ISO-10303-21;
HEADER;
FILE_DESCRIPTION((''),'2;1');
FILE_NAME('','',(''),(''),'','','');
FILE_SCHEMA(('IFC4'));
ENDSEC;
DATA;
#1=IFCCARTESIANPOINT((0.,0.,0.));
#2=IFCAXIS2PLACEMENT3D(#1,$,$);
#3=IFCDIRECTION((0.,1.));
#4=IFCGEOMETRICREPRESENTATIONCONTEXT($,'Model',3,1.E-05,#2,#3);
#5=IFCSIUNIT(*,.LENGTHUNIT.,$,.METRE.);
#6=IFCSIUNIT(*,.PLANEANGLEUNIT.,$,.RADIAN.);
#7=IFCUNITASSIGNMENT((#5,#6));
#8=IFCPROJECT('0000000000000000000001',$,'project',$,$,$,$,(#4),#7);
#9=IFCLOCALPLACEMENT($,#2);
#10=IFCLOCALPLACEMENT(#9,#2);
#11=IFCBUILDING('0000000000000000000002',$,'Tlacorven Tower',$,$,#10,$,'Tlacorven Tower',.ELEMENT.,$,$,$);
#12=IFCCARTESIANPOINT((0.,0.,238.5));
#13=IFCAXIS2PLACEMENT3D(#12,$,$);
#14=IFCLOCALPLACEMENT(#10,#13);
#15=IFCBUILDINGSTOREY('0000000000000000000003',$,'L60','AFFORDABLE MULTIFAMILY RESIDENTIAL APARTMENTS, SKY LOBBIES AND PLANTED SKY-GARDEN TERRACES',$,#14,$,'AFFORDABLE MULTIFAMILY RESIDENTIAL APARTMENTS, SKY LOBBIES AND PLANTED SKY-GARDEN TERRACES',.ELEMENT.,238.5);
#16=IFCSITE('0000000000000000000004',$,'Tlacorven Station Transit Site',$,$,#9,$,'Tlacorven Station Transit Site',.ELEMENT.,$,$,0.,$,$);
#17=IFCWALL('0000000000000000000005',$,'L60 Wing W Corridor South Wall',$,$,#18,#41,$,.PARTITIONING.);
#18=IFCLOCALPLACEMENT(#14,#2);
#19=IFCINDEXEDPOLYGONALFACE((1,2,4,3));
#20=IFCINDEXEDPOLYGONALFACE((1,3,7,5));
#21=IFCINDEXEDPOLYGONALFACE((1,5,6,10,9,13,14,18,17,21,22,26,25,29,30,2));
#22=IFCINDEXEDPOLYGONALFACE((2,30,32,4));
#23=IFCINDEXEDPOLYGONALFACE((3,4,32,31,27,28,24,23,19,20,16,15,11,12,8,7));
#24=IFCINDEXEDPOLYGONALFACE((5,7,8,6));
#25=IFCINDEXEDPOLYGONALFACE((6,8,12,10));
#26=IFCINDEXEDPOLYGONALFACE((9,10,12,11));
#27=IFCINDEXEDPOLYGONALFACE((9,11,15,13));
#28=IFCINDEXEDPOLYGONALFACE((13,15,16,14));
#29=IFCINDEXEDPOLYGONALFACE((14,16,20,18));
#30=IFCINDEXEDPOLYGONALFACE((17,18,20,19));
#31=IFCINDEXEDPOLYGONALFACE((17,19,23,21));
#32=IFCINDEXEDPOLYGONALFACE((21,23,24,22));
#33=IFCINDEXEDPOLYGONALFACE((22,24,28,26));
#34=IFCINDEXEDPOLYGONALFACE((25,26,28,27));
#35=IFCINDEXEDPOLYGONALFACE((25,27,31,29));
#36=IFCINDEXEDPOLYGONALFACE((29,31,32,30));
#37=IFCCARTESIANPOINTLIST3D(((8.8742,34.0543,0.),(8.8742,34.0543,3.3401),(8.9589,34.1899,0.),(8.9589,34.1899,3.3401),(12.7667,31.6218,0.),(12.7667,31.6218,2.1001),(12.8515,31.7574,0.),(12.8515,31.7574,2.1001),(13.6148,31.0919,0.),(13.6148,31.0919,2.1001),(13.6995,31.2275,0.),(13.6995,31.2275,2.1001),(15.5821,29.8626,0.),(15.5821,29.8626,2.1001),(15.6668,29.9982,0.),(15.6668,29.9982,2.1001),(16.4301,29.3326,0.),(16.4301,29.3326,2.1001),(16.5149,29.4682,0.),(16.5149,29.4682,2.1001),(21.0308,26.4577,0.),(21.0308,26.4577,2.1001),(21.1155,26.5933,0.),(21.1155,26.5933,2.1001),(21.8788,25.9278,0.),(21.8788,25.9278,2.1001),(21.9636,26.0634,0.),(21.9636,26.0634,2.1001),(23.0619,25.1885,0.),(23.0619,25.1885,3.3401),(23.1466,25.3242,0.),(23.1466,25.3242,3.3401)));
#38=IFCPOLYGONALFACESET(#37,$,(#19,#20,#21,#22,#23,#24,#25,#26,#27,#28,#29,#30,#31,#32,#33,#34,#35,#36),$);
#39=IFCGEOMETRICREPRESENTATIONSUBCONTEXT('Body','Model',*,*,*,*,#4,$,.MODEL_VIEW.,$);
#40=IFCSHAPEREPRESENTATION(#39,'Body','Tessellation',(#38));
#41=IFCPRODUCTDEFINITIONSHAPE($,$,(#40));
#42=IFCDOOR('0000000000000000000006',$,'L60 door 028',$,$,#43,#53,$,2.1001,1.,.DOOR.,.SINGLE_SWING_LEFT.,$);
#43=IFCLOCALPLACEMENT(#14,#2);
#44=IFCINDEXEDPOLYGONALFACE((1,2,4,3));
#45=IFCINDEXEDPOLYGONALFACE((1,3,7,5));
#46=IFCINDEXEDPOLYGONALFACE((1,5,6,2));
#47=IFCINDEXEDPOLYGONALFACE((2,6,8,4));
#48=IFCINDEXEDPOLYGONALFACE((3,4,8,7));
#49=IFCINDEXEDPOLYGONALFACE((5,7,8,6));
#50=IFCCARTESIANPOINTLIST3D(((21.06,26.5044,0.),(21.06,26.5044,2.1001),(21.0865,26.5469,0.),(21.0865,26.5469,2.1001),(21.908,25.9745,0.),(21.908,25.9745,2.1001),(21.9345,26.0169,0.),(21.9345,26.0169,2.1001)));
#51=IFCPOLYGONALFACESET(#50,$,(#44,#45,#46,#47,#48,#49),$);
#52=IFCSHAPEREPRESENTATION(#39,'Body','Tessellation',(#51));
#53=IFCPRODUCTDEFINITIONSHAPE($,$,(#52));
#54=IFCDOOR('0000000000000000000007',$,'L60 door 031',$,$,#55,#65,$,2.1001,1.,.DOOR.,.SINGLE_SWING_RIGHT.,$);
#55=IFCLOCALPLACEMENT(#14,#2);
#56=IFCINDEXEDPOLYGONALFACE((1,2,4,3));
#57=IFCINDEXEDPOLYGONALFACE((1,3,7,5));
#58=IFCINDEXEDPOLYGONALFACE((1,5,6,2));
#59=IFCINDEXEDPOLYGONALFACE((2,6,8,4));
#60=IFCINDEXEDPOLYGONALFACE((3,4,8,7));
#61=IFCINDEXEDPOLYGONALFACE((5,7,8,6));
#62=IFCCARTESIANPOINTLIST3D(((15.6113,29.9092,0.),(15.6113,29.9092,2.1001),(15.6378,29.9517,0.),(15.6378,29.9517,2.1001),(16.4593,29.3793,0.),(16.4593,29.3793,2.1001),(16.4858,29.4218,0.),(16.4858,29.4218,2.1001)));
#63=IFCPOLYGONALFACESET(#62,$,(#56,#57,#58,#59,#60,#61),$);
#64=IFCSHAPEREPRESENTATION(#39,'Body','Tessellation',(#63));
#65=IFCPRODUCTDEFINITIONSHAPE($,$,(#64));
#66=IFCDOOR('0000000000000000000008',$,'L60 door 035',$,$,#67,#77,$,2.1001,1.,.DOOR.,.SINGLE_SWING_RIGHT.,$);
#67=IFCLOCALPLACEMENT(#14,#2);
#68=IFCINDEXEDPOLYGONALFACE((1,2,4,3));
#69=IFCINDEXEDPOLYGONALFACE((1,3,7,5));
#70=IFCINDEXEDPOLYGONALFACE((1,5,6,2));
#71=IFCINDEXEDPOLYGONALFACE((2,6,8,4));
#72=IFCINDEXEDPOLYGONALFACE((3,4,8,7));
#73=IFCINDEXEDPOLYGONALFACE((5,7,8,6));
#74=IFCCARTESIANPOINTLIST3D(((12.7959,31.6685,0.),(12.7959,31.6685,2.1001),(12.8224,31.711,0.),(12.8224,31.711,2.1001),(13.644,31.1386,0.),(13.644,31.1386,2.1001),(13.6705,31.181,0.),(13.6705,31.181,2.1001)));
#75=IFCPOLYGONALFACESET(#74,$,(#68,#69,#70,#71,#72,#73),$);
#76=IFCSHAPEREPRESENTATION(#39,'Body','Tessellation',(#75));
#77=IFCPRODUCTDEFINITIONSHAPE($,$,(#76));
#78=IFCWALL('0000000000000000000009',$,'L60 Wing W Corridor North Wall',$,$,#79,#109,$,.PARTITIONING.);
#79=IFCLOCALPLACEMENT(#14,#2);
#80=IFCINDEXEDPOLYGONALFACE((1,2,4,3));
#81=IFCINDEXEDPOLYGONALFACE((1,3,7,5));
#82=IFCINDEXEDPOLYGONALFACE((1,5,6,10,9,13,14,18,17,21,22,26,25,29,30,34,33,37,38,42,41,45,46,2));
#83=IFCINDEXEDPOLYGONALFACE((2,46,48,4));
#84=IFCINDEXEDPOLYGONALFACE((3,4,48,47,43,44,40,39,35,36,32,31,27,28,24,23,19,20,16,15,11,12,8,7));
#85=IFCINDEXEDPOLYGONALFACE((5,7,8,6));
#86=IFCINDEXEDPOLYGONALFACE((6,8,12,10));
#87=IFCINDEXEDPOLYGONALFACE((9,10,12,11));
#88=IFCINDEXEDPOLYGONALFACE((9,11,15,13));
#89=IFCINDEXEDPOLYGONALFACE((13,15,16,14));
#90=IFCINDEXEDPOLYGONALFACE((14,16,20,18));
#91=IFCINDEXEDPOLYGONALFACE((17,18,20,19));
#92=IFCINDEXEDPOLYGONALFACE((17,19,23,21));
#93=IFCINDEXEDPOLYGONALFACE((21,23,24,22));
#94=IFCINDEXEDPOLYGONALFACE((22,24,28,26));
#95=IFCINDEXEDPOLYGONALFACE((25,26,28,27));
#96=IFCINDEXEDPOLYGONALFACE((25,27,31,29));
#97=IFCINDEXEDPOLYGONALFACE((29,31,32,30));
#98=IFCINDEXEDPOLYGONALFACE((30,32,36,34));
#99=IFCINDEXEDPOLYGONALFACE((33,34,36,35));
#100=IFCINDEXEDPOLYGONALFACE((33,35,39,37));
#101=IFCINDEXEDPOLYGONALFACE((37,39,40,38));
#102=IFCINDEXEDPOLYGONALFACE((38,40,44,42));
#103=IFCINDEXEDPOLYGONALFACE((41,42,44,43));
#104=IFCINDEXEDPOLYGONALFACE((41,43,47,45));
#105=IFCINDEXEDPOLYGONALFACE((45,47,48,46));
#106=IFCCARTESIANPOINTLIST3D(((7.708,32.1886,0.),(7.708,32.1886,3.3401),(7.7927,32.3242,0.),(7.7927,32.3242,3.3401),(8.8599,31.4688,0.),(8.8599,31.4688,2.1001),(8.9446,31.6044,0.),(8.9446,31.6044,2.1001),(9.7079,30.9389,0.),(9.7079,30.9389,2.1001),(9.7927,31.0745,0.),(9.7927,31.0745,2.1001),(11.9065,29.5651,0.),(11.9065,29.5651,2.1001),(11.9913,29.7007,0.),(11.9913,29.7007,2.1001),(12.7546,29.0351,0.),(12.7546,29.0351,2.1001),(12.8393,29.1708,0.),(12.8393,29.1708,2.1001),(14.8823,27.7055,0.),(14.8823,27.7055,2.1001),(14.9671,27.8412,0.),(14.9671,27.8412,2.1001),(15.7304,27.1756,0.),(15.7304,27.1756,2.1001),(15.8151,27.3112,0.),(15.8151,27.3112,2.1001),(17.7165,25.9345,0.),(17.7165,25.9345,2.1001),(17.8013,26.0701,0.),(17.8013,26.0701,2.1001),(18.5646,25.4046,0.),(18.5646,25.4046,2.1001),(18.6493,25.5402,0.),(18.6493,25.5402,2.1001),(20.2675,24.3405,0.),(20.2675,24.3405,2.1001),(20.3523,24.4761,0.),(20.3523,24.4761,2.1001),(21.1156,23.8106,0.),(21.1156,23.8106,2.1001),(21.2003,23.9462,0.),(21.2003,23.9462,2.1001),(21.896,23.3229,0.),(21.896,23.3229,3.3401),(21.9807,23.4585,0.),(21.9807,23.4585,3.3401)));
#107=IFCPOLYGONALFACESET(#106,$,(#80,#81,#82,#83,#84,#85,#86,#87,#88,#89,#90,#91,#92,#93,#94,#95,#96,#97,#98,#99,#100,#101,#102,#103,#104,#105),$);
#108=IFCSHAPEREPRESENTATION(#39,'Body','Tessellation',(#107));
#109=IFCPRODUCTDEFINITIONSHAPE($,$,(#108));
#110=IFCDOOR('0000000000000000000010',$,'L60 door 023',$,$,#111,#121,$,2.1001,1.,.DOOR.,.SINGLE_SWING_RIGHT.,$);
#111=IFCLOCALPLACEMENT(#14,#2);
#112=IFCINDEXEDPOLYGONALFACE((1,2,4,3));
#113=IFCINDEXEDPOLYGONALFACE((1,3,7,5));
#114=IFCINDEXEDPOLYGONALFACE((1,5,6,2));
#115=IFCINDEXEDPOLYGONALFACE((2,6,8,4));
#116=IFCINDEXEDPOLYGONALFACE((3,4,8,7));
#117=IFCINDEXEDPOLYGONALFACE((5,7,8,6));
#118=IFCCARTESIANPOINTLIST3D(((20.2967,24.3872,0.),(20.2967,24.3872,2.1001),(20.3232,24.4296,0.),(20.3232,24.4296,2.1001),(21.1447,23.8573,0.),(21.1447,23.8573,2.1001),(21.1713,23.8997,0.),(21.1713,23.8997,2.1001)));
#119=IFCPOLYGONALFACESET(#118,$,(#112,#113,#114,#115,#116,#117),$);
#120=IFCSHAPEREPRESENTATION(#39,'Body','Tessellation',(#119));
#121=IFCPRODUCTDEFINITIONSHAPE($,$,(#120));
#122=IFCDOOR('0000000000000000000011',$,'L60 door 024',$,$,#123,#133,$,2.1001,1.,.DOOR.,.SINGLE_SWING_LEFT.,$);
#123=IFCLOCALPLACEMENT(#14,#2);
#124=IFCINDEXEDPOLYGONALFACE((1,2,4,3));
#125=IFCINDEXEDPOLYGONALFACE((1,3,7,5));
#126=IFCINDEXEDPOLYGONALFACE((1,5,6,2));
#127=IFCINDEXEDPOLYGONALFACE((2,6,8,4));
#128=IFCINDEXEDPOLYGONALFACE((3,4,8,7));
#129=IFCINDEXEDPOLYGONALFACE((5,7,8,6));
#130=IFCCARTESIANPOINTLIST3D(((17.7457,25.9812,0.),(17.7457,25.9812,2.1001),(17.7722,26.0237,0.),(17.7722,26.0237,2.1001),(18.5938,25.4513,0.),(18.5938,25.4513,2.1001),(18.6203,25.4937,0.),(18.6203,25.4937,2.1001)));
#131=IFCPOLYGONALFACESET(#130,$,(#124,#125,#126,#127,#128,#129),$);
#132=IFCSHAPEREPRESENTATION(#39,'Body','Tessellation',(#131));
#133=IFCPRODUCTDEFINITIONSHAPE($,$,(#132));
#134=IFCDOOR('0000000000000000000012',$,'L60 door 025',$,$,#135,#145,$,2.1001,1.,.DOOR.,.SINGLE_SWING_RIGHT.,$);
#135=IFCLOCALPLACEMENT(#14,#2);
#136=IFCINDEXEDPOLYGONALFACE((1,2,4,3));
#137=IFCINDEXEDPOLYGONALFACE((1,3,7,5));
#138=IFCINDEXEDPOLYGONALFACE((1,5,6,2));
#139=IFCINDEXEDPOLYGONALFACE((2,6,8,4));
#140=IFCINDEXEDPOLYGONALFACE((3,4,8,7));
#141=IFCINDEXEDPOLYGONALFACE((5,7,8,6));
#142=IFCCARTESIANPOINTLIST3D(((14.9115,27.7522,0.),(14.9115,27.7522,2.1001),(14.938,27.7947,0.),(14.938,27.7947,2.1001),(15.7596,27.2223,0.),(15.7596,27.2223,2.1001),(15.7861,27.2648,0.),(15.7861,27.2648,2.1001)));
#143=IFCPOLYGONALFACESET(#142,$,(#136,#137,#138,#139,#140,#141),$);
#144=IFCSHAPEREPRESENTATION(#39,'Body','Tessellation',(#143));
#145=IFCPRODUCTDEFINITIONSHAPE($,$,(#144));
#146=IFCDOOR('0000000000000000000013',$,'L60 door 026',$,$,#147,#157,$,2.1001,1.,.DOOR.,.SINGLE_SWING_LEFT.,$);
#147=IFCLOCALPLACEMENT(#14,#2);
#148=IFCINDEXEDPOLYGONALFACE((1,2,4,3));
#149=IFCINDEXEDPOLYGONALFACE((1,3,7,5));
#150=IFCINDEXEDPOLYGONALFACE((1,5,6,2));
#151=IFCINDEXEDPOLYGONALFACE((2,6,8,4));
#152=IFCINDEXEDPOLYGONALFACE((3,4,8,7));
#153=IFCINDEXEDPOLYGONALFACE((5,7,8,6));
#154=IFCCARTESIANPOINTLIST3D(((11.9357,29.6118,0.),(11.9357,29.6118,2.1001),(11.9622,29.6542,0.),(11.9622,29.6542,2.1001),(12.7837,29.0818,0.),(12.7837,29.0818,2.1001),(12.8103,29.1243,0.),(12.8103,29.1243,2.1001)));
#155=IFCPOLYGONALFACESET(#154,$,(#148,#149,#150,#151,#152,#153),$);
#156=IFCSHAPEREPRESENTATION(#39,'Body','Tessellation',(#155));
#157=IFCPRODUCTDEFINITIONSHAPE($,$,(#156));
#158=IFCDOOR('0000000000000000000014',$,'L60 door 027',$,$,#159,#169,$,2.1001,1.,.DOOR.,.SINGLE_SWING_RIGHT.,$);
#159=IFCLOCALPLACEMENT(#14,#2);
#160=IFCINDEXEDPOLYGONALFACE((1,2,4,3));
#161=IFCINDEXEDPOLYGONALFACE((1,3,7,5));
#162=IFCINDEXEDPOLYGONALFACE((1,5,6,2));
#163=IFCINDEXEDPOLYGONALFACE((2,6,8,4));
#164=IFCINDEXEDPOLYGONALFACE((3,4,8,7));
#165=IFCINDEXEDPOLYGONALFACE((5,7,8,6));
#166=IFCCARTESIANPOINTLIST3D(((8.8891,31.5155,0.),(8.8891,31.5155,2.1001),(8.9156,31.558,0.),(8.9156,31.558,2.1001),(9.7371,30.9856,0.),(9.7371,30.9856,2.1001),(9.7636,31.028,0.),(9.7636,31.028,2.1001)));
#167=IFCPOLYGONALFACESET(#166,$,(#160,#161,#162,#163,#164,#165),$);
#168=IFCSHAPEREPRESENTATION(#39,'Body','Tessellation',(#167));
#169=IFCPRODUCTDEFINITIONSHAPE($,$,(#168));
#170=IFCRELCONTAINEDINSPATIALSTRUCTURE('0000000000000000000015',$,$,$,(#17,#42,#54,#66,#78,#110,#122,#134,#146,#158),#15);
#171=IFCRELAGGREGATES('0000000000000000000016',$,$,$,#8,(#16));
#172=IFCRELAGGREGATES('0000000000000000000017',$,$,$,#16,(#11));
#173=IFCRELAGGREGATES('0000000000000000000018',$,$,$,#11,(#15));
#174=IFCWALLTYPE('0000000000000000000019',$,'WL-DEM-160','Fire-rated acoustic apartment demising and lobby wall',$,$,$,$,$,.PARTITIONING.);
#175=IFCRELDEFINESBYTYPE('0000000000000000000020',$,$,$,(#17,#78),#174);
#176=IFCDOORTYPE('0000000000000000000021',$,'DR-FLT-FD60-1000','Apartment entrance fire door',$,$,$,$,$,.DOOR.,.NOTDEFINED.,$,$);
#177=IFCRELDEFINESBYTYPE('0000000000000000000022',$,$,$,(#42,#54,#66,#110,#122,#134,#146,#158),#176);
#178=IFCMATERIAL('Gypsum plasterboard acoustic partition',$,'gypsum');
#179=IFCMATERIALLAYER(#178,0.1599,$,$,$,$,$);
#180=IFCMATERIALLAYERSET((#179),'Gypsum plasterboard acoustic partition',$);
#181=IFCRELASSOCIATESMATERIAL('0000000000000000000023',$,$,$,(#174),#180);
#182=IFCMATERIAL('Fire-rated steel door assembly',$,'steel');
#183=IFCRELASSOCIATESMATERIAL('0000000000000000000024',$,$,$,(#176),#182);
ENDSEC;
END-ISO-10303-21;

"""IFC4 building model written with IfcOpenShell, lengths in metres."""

from ifc_helpers import new_model, si_unit, direction, frame, frame_2d, origin, place, context, subcontext, project, spatial, rectangle, extrude, source, transform, mapped, material, layer, layer_set, type_object, element, fill, save


model = new_model("IFC4")

# Units and contexts
model_context = context("Model", 3, precision=1e-05, world=origin(), true_north=direction((0.0, 1.0)))
body_context = subcontext(model_context, "Body", "Model", "MODEL_VIEW")
ifc_project = project(units=[si_unit("LENGTHUNIT", "METRE"), si_unit("PLANEANGLEUNIT", "RADIAN")], contexts=[model_context])

# Site, building, storey
site_placement = place(None, origin())
site = spatial("IfcSite", under=ifc_project, at=site_placement, Name="Tlacorven Station Transit Site", LongName="Tlacorven Station Transit Site", CompositionType="ELEMENT", RefElevation=0.0)
building_placement = place(site_placement, origin())
building = spatial("IfcBuilding", under=site, at=building_placement, Name="Tlacorven Tower", LongName="Tlacorven Tower", CompositionType="ELEMENT")
storey_placement = place(building_placement, frame((0.0, 0.0, 238.5)))
storey = spatial("IfcBuildingStorey", under=building, at=storey_placement, Name="L60", Description="AFFORDABLE MULTIFAMILY RESIDENTIAL APARTMENTS, SKY LOBBIES AND PLANTED SKY-GARDEN TERRACES", LongName="AFFORDABLE MULTIFAMILY RESIDENTIAL APARTMENTS, SKY LOBBIES AND PLANTED SKY-GARDEN TERRACES", CompositionType="ELEMENT", Elevation=238.5)

# Shared definitions
ifc_material_1 = material(Name="Gypsum plasterboard acoustic partition", Category="gypsum")
ifc_layer_1 = layer(ifc_material_1, 0.1599)
ifc_layer_set_1 = layer_set([ifc_layer_1], Name="Gypsum plasterboard acoustic partition")
wall_type_1 = type_object("IfcWallType", Name="WL-DEM-160", Description="Fire-rated acoustic apartment demising and lobby wall", PredefinedType="PARTITIONING", material=ifc_layer_set_1)

# Walls, openings, doors
wall_1_placement = place(storey_placement, frame((23.1042, 25.2563, 0.0), z_axis=(0.0, 0.0, 1.0), x_axis=(-0.848042, 0.529929, 0.0)))
wall_1 = element("IfcWall", 1, at=wall_1_placement, inside=storey, type_object=wall_type_1, Name="L60 Wing W Corridor South Wall", PredefinedType="PARTITIONING", context=body_context, shape_type="SweptSolid", body=[
    extrude(rectangle(XDim=16.73, YDim=0.1599, at=frame_2d((8.365, 0.0))), origin(), (0.0, 0.0, 1.0), 3.3401),
])
opening_1_placement = place(wall_1_placement, frame((1.395, 0.0, 0.0)))
opening_1 = element("IfcOpeningElement", 2, at=opening_1_placement, cuts=wall_1, PredefinedType="OPENING", context=body_context, shape_type="SweptSolid", body=[
    extrude(rectangle(XDim=1.0, YDim=2.1001, at=frame_2d((0.5, 1.05))), frame((0.0, 0.0898, 0.0), z_axis=(0.0, -1.0, 0.0), x_axis=(1.0, 0.0, 0.0)), (0.0, 0.0, 1.0), 0.1799),
])
opening_2_placement = place(wall_1_placement, frame((7.8201, 0.0, 0.0)))
opening_2 = element("IfcOpeningElement", 3, at=opening_2_placement, cuts=wall_1, PredefinedType="OPENING", context=body_context, shape_type="SweptSolid", body=[
    extrude(rectangle(XDim=1.0, YDim=2.1001, at=frame_2d((0.5, 1.05))), frame((0.0, 0.0898, 0.0), z_axis=(0.0, -1.0, 0.0), x_axis=(1.0, 0.0, 0.0)), (0.0, 0.0, 1.0), 0.1799),
])
opening_3_placement = place(wall_1_placement, frame((11.1399, 0.0, 0.0)))
opening_3 = element("IfcOpeningElement", 4, at=opening_3_placement, cuts=wall_1, PredefinedType="OPENING", context=body_context, shape_type="SweptSolid", body=[
    extrude(rectangle(XDim=1.0, YDim=2.1001, at=frame_2d((0.5, 1.05))), frame((0.0, 0.0898, 0.0), z_axis=(0.0, -1.0, 0.0), x_axis=(1.0, 0.0, 0.0)), (0.0, 0.0, 1.0), 0.1799),
])
ifc_material_2 = material(Name="Fire-rated steel door assembly", Category="steel")
door_type = type_object("IfcDoorType", Name="DR-FLT-FD60-1000", Description="Apartment entrance fire door", OperationType="NOTDEFINED", PredefinedType="DOOR", material=ifc_material_2)
shared_shape_1 = source(origin(), body_context, "Body", "SweptSolid", [
    extrude(rectangle(XDim=1.0, YDim=2.1001, at=frame_2d((0.5, 1.05))), frame((0.0, 0.0249, 0.0), z_axis=(0.0, -1.0, 0.0), x_axis=(1.0, 0.0, 0.0)), (0.0, 0.0, 1.0), 0.05),
])
door_1_placement = place(opening_1_placement, origin())
door_1 = element("IfcDoor", 5, at=door_1_placement, inside=storey, type_object=door_type, Name="L60 door 028", OperationType="SINGLE_SWING_LEFT", OverallHeight=2.1001, OverallWidth=1.0, PredefinedType="DOOR", context=body_context, shape_type="MappedRepresentation", body=[
    mapped(shared_shape_1, transform((0.0, 0.0, 0.0), scale=1.0)),
])
fill(opening_1, door_1)
door_2_placement = place(opening_2_placement, origin())
door_2 = element("IfcDoor", 6, at=door_2_placement, inside=storey, type_object=door_type, Name="L60 door 031", OperationType="SINGLE_SWING_RIGHT", OverallHeight=2.1001, OverallWidth=1.0, PredefinedType="DOOR", context=body_context, shape_type="MappedRepresentation", body=[
    mapped(shared_shape_1, transform((0.0, 0.0, 0.0), scale=1.0)),
])
fill(opening_2, door_2)
door_3_placement = place(opening_3_placement, origin())
door_3 = element("IfcDoor", 7, at=door_3_placement, inside=storey, type_object=door_type, Name="L60 door 035", OperationType="SINGLE_SWING_RIGHT", OverallHeight=2.1001, OverallWidth=1.0, PredefinedType="DOOR", context=body_context, shape_type="MappedRepresentation", body=[
    mapped(shared_shape_1, transform((0.0, 0.0, 0.0), scale=1.0)),
])
fill(opening_3, door_3)
wall_2_placement = place(storey_placement, frame((21.9385, 23.3906, 0.0), z_axis=(0.0, 0.0, 1.0), x_axis=(-0.848046, 0.529923, 0.0)))
wall_2 = element("IfcWall", 8, at=wall_2_placement, inside=storey, type_object=wall_type_1, Name="L60 Wing W Corridor North Wall", PredefinedType="PARTITIONING", context=body_context, shape_type="SweptSolid", body=[
    extrude(rectangle(XDim=16.7302, YDim=0.1599, at=frame_2d((8.3652, 0.0))), origin(), (0.0, 0.0, 1.0), 3.3401),
])
opening_4_placement = place(wall_2_placement, frame((0.9204, 0.0, 0.0)))
opening_4 = element("IfcOpeningElement", 9, at=opening_4_placement, cuts=wall_2, PredefinedType="OPENING", context=body_context, shape_type="SweptSolid", body=[
    extrude(rectangle(XDim=1.0, YDim=2.1001, at=frame_2d((0.5, 1.05))), frame((0.0, 0.0898, 0.0), z_axis=(0.0, -1.0, 0.0), x_axis=(1.0, 0.0, 0.0)), (0.0, 0.0, 1.0), 0.1799),
])
opening_5_placement = place(wall_2_placement, frame((3.9285, 0.0, 0.0)))
opening_5 = element("IfcOpeningElement", 10, at=opening_5_placement, cuts=wall_2, PredefinedType="OPENING", context=body_context, shape_type="SweptSolid", body=[
    extrude(rectangle(XDim=1.0, YDim=2.1001, at=frame_2d((0.5, 1.05))), frame((0.0, 0.0898, 0.0), z_axis=(0.0, -1.0, 0.0), x_axis=(1.0, 0.0, 0.0)), (0.0, 0.0, 1.0), 0.1799),
])
opening_6_placement = place(wall_2_placement, frame((7.2705, 0.0, 0.0)))
opening_6 = element("IfcOpeningElement", 11, at=opening_6_placement, cuts=wall_2, PredefinedType="OPENING", context=body_context, shape_type="SweptSolid", body=[
    extrude(rectangle(XDim=1.0, YDim=2.1001, at=frame_2d((0.5, 1.05))), frame((0.0, 0.0898, 0.0), z_axis=(0.0, -1.0, 0.0), x_axis=(1.0, 0.0, 0.0)), (0.0, 0.0, 1.0), 0.1799),
])
opening_7_placement = place(wall_2_placement, frame((10.7795, 0.0, 0.0)))
opening_7 = element("IfcOpeningElement", 12, at=opening_7_placement, cuts=wall_2, PredefinedType="OPENING", context=body_context, shape_type="SweptSolid", body=[
    extrude(rectangle(XDim=1.0, YDim=2.1001, at=frame_2d((0.5, 1.05))), frame((0.0, 0.0898, 0.0), z_axis=(0.0, -1.0, 0.0), x_axis=(1.0, 0.0, 0.0)), (0.0, 0.0, 1.0), 0.1799),
])
opening_8_placement = place(wall_2_placement, frame((14.3721, 0.0, 0.0)))
opening_8 = element("IfcOpeningElement", 13, at=opening_8_placement, cuts=wall_2, PredefinedType="OPENING", context=body_context, shape_type="SweptSolid", body=[
    extrude(rectangle(XDim=1.0, YDim=2.1001, at=frame_2d((0.5, 1.05))), frame((0.0, 0.0898, 0.0), z_axis=(0.0, -1.0, 0.0), x_axis=(1.0, 0.0, 0.0)), (0.0, 0.0, 1.0), 0.1799),
])
door_4_placement = place(opening_4_placement, origin())
door_4 = element("IfcDoor", 14, at=door_4_placement, inside=storey, type_object=door_type, Name="L60 door 023", OperationType="SINGLE_SWING_RIGHT", OverallHeight=2.1001, OverallWidth=1.0, PredefinedType="DOOR", context=body_context, shape_type="MappedRepresentation", body=[
    mapped(shared_shape_1, transform((0.0, 0.0, 0.0), scale=1.0)),
])
fill(opening_4, door_4)
door_5_placement = place(opening_5_placement, origin())
door_5 = element("IfcDoor", 15, at=door_5_placement, inside=storey, type_object=door_type, Name="L60 door 024", OperationType="SINGLE_SWING_LEFT", OverallHeight=2.1001, OverallWidth=1.0, PredefinedType="DOOR", context=body_context, shape_type="MappedRepresentation", body=[
    mapped(shared_shape_1, transform((0.0, 0.0, 0.0), scale=1.0)),
])
fill(opening_5, door_5)
door_6_placement = place(opening_6_placement, origin())
door_6 = element("IfcDoor", 16, at=door_6_placement, inside=storey, type_object=door_type, Name="L60 door 025", OperationType="SINGLE_SWING_RIGHT", OverallHeight=2.1001, OverallWidth=1.0, PredefinedType="DOOR", context=body_context, shape_type="MappedRepresentation", body=[
    mapped(shared_shape_1, transform((0.0, 0.0, 0.0), scale=1.0)),
])
fill(opening_6, door_6)
door_7_placement = place(opening_7_placement, origin())
door_7 = element("IfcDoor", 17, at=door_7_placement, inside=storey, type_object=door_type, Name="L60 door 026", OperationType="SINGLE_SWING_LEFT", OverallHeight=2.1001, OverallWidth=1.0, PredefinedType="DOOR", context=body_context, shape_type="MappedRepresentation", body=[
    mapped(shared_shape_1, transform((0.0, 0.0, 0.0), scale=1.0)),
])
fill(opening_7, door_7)
door_8_placement = place(opening_8_placement, origin())
door_8 = element("IfcDoor", 18, at=door_8_placement, inside=storey, type_object=door_type, Name="L60 door 027", OperationType="SINGLE_SWING_RIGHT", OverallHeight=2.1001, OverallWidth=1.0, PredefinedType="DOOR", context=body_context, shape_type="MappedRepresentation", body=[
    mapped(shared_shape_1, transform((0.0, 0.0, 0.0), scale=1.0)),
])
fill(opening_8, door_8)

save(model, "model.ifc")
